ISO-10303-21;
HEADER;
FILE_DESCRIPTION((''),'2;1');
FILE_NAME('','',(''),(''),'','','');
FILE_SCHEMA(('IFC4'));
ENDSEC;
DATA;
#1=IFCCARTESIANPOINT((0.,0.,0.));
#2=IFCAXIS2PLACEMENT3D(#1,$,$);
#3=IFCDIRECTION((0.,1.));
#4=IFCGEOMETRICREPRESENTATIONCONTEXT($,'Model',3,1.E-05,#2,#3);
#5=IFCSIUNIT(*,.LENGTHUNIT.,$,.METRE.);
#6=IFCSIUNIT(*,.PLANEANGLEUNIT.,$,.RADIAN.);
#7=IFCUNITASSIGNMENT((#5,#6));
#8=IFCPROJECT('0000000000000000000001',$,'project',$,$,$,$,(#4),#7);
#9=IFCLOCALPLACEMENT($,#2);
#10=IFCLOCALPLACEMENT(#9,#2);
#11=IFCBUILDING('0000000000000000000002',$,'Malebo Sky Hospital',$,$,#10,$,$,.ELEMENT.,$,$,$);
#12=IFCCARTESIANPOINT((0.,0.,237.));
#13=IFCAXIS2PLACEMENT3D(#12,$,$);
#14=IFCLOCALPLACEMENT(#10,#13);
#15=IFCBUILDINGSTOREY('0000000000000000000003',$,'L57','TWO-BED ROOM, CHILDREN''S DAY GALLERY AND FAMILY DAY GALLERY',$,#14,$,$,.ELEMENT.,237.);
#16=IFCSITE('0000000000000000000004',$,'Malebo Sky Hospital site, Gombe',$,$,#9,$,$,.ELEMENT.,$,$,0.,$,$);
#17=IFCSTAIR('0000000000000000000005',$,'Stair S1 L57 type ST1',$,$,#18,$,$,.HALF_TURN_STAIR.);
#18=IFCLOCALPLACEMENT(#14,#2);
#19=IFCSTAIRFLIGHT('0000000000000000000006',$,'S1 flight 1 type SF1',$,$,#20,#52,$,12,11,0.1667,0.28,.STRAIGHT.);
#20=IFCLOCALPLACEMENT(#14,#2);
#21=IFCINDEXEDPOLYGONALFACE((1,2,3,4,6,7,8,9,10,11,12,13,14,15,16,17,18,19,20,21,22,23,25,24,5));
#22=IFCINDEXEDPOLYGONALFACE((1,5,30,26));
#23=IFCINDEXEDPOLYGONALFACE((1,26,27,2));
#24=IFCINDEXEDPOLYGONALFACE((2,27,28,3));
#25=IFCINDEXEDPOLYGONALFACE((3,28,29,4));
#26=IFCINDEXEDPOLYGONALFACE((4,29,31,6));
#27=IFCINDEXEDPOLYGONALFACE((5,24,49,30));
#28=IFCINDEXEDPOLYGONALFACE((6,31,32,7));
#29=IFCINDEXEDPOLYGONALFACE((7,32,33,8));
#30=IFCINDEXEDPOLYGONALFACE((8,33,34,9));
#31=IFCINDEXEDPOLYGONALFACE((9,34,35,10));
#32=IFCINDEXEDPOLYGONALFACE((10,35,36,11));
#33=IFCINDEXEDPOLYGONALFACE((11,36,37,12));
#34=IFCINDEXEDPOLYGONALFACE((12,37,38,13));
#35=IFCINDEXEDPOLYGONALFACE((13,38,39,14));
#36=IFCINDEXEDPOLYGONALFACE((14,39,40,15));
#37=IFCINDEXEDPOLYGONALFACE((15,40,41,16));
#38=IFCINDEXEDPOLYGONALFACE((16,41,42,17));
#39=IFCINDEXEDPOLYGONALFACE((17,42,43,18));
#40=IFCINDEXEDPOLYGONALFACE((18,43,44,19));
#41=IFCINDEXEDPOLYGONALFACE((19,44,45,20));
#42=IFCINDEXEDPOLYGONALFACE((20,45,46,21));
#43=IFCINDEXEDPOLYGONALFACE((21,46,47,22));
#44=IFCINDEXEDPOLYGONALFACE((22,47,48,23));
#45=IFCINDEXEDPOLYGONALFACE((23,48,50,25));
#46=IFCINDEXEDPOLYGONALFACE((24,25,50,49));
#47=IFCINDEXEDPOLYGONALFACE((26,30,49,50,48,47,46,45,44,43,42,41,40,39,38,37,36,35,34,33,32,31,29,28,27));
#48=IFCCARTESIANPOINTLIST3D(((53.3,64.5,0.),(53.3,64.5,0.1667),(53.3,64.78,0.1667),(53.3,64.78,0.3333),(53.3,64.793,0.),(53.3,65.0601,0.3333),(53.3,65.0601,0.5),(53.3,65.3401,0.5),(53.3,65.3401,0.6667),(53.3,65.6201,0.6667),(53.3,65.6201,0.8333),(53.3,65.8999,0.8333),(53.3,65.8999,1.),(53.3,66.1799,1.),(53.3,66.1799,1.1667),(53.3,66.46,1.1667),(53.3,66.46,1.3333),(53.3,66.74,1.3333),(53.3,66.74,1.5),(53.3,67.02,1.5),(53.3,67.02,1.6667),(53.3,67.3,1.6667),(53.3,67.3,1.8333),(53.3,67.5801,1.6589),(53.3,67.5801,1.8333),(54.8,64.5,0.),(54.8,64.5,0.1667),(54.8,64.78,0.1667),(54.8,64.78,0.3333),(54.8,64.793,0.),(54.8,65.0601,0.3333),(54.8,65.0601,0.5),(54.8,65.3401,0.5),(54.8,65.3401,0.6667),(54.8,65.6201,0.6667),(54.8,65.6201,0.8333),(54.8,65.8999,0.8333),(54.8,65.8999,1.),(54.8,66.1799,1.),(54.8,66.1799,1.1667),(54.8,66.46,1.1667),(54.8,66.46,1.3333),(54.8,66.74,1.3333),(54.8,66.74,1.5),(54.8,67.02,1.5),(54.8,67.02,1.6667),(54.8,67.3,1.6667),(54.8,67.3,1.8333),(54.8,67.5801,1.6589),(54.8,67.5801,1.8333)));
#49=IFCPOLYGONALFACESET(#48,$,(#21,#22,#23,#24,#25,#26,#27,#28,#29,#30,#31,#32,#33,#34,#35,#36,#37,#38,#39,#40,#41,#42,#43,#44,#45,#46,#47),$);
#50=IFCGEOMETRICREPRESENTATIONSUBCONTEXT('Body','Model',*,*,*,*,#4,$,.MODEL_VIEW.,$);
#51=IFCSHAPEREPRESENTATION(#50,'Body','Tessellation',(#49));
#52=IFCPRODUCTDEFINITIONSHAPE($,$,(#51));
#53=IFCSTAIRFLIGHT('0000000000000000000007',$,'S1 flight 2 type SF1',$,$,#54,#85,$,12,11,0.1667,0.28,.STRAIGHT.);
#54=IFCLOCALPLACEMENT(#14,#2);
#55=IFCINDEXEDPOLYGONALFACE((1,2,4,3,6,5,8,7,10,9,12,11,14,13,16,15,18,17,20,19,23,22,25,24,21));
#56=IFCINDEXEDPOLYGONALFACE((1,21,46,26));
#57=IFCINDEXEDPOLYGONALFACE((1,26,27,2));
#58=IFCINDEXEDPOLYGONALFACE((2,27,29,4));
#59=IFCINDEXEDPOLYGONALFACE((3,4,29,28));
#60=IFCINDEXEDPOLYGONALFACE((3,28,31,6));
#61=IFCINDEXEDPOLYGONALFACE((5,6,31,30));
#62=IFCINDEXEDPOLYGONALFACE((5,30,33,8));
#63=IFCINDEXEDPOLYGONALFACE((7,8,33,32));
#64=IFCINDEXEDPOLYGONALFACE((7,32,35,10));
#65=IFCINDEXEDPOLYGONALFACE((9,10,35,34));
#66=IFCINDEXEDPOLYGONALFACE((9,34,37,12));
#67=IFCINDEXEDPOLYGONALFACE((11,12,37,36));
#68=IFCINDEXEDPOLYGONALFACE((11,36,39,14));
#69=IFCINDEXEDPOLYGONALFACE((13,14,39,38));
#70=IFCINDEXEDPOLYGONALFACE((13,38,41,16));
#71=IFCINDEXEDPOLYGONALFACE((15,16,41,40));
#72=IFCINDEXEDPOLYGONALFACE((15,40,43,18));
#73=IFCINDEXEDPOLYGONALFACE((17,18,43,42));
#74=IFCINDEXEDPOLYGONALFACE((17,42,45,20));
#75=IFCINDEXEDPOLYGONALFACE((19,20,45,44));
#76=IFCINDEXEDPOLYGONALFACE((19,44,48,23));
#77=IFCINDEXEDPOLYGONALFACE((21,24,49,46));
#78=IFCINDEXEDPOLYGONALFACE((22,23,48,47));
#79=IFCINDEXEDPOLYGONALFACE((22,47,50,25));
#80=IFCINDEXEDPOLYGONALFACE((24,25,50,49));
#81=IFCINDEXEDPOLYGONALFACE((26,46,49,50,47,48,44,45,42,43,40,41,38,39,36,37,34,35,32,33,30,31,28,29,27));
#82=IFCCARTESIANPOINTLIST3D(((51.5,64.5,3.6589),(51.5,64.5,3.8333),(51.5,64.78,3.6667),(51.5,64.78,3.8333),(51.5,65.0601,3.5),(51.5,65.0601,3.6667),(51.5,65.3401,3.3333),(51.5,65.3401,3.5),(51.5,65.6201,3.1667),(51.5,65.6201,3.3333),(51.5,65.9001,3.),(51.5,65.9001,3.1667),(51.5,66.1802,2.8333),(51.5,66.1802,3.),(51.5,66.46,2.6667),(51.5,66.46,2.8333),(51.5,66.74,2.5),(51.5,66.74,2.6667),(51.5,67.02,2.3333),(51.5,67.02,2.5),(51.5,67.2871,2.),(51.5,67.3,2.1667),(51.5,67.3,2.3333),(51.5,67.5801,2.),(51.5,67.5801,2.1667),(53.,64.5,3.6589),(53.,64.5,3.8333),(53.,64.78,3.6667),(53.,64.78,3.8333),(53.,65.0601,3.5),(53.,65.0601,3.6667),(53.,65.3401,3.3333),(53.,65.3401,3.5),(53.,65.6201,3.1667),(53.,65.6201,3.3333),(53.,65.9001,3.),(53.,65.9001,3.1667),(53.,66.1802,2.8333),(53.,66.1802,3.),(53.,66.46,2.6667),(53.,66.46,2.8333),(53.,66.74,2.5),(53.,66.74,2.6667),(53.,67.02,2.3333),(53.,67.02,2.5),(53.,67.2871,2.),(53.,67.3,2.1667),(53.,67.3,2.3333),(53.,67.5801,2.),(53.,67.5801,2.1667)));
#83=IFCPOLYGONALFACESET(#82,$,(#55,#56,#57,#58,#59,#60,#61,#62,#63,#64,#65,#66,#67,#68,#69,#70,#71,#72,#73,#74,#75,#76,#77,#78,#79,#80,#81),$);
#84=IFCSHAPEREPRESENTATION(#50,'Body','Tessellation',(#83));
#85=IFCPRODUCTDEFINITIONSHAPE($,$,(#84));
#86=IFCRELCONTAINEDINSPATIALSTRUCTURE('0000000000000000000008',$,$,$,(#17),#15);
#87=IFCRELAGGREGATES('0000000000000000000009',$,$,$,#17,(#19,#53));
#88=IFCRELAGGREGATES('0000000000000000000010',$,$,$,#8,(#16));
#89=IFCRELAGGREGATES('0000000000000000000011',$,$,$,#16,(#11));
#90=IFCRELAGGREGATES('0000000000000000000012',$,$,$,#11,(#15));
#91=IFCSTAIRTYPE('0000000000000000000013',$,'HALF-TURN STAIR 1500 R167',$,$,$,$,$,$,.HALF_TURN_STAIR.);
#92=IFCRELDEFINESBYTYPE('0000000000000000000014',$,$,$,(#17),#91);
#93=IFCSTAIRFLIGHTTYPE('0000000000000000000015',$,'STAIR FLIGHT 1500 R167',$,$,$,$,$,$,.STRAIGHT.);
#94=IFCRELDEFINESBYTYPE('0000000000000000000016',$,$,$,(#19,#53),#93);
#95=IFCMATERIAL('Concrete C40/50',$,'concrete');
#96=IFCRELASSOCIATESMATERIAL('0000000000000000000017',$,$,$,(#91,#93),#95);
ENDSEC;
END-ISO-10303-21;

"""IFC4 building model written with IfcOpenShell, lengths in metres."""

from ifc_helpers import new_model, si_unit, direction, frame, origin, place, context, subcontext, project, spatial, polyline, outline, extrude, material, type_object, element, aggregate, save


model = new_model("IFC4")

# Units and contexts
model_context = context("Model", 3, precision=1e-05, world=origin(), true_north=direction((0.0, 1.0)))
body_context = subcontext(model_context, "Body", "Model", "MODEL_VIEW")
ifc_project = project(units=[si_unit("LENGTHUNIT", "METRE"), si_unit("PLANEANGLEUNIT", "RADIAN")], contexts=[model_context])

# Site, building, storey
site_placement = place(None, origin())
site = spatial("IfcSite", under=ifc_project, at=site_placement, Name="Malebo Sky Hospital site, Gombe", CompositionType="ELEMENT", RefElevation=0.0)
building_placement = place(site_placement, origin())
building = spatial("IfcBuilding", under=site, at=building_placement, Name="Malebo Sky Hospital", CompositionType="ELEMENT")
storey_placement = place(building_placement, frame((0.0, 0.0, 237.0)))
storey = spatial("IfcBuildingStorey", under=building, at=storey_placement, Name="L57", Description="TWO-BED ROOM, CHILDREN'S DAY GALLERY AND FAMILY DAY GALLERY", CompositionType="ELEMENT", Elevation=237.0)

# Stair, stair flights
ifc_material_1 = material(Name="Concrete C40/50", Category="concrete")
stair_type = type_object("IfcStairType", Name="HALF-TURN STAIR 1500 R167", PredefinedType="HALF_TURN_STAIR", material=ifc_material_1)
stair_placement = place(storey_placement, origin())
stair = element("IfcStair", 1, at=stair_placement, inside=storey, type_object=stair_type, Name="Stair S1 L57 type ST1", PredefinedType="HALF_TURN_STAIR")
stair_flight_type = type_object("IfcStairFlightType", Name="STAIR FLIGHT 1500 R167", PredefinedType="STRAIGHT", material=ifc_material_1)
stair_flight_1_placement = place(storey_placement, frame((54.05, 64.5, 0.0), z_axis=(0.0, 0.0, 1.0), x_axis=(0.0, 1.0, 0.0)))
stair_flight_1 = element("IfcStairFlight", 2, at=stair_flight_1_placement, type_object=stair_flight_type, Name="S1 flight 1 type SF1", NumberOfRisers=12, NumberOfTreads=11, PredefinedType="STRAIGHT", RiserHeight=0.1667, TreadLength=0.28, context=body_context, shape_type="SweptSolid", body=[
    extrude(outline(polyline([(0.0, 0.0), (0.0, 0.1667), (0.28, 0.1667), (0.28, 0.3333), (0.5601, 0.3333), (0.5601, 0.5), (0.8401, 0.5), (0.8401, 0.6667), (1.1201, 0.6667), (1.1201, 0.8333), (1.3999, 0.8333), (1.3999, 1.0), (1.6799, 1.0), (1.6799, 1.1667), (1.96, 1.1667), (1.96, 1.3333), (2.24, 1.3333), (2.24, 1.5), (2.52, 1.5), (2.52, 1.6667), (2.8, 1.6667), (2.8, 1.8333), (3.0801, 1.8333), (3.0801, 2.0), (3.0801, 1.6589), (0.293, 0.0), (0.0, 0.0)])), frame((0.0, 0.75, 0.0), z_axis=(0.0, -1.0, 0.0), x_axis=(1.0, 0.0, 0.0)), (0.0, 0.0, 1.0), 1.5),
])
stair_flight_2_placement = place(storey_placement, frame((52.25, 67.5801, 2.0), z_axis=(0.0, 0.0, 1.0), x_axis=(0.0, -1.0, 0.0)))
stair_flight_2 = element("IfcStairFlight", 3, at=stair_flight_2_placement, type_object=stair_flight_type, Name="S1 flight 2 type SF1", NumberOfRisers=12, NumberOfTreads=11, PredefinedType="STRAIGHT", RiserHeight=0.1667, TreadLength=0.28, context=body_context, shape_type="SweptSolid", body=[
    extrude(outline(polyline([(0.0, 0.0), (0.0, 0.1667), (0.28, 0.1667), (0.28, 0.3333), (0.5601, 0.3333), (0.5601, 0.5), (0.8401, 0.5), (0.8401, 0.6667), (1.1201, 0.6667), (1.1201, 0.8333), (1.3999, 0.8333), (1.3999, 1.0), (1.6799, 1.0), (1.6799, 1.1667), (1.96, 1.1667), (1.96, 1.3333), (2.24, 1.3333), (2.24, 1.5), (2.52, 1.5), (2.52, 1.6667), (2.8, 1.6667), (2.8, 1.8333), (3.0801, 1.8333), (3.0801, 2.0), (3.0801, 1.6589), (0.293, 0.0), (0.0, 0.0)])), frame((0.0, 0.75, 0.0), z_axis=(0.0, -1.0, 0.0), x_axis=(1.0, 0.0, 0.0)), (0.0, 0.0, 1.0), 1.5),
])
aggregate(stair, [stair_flight_1, stair_flight_2])

save(model, "model.ifc")
